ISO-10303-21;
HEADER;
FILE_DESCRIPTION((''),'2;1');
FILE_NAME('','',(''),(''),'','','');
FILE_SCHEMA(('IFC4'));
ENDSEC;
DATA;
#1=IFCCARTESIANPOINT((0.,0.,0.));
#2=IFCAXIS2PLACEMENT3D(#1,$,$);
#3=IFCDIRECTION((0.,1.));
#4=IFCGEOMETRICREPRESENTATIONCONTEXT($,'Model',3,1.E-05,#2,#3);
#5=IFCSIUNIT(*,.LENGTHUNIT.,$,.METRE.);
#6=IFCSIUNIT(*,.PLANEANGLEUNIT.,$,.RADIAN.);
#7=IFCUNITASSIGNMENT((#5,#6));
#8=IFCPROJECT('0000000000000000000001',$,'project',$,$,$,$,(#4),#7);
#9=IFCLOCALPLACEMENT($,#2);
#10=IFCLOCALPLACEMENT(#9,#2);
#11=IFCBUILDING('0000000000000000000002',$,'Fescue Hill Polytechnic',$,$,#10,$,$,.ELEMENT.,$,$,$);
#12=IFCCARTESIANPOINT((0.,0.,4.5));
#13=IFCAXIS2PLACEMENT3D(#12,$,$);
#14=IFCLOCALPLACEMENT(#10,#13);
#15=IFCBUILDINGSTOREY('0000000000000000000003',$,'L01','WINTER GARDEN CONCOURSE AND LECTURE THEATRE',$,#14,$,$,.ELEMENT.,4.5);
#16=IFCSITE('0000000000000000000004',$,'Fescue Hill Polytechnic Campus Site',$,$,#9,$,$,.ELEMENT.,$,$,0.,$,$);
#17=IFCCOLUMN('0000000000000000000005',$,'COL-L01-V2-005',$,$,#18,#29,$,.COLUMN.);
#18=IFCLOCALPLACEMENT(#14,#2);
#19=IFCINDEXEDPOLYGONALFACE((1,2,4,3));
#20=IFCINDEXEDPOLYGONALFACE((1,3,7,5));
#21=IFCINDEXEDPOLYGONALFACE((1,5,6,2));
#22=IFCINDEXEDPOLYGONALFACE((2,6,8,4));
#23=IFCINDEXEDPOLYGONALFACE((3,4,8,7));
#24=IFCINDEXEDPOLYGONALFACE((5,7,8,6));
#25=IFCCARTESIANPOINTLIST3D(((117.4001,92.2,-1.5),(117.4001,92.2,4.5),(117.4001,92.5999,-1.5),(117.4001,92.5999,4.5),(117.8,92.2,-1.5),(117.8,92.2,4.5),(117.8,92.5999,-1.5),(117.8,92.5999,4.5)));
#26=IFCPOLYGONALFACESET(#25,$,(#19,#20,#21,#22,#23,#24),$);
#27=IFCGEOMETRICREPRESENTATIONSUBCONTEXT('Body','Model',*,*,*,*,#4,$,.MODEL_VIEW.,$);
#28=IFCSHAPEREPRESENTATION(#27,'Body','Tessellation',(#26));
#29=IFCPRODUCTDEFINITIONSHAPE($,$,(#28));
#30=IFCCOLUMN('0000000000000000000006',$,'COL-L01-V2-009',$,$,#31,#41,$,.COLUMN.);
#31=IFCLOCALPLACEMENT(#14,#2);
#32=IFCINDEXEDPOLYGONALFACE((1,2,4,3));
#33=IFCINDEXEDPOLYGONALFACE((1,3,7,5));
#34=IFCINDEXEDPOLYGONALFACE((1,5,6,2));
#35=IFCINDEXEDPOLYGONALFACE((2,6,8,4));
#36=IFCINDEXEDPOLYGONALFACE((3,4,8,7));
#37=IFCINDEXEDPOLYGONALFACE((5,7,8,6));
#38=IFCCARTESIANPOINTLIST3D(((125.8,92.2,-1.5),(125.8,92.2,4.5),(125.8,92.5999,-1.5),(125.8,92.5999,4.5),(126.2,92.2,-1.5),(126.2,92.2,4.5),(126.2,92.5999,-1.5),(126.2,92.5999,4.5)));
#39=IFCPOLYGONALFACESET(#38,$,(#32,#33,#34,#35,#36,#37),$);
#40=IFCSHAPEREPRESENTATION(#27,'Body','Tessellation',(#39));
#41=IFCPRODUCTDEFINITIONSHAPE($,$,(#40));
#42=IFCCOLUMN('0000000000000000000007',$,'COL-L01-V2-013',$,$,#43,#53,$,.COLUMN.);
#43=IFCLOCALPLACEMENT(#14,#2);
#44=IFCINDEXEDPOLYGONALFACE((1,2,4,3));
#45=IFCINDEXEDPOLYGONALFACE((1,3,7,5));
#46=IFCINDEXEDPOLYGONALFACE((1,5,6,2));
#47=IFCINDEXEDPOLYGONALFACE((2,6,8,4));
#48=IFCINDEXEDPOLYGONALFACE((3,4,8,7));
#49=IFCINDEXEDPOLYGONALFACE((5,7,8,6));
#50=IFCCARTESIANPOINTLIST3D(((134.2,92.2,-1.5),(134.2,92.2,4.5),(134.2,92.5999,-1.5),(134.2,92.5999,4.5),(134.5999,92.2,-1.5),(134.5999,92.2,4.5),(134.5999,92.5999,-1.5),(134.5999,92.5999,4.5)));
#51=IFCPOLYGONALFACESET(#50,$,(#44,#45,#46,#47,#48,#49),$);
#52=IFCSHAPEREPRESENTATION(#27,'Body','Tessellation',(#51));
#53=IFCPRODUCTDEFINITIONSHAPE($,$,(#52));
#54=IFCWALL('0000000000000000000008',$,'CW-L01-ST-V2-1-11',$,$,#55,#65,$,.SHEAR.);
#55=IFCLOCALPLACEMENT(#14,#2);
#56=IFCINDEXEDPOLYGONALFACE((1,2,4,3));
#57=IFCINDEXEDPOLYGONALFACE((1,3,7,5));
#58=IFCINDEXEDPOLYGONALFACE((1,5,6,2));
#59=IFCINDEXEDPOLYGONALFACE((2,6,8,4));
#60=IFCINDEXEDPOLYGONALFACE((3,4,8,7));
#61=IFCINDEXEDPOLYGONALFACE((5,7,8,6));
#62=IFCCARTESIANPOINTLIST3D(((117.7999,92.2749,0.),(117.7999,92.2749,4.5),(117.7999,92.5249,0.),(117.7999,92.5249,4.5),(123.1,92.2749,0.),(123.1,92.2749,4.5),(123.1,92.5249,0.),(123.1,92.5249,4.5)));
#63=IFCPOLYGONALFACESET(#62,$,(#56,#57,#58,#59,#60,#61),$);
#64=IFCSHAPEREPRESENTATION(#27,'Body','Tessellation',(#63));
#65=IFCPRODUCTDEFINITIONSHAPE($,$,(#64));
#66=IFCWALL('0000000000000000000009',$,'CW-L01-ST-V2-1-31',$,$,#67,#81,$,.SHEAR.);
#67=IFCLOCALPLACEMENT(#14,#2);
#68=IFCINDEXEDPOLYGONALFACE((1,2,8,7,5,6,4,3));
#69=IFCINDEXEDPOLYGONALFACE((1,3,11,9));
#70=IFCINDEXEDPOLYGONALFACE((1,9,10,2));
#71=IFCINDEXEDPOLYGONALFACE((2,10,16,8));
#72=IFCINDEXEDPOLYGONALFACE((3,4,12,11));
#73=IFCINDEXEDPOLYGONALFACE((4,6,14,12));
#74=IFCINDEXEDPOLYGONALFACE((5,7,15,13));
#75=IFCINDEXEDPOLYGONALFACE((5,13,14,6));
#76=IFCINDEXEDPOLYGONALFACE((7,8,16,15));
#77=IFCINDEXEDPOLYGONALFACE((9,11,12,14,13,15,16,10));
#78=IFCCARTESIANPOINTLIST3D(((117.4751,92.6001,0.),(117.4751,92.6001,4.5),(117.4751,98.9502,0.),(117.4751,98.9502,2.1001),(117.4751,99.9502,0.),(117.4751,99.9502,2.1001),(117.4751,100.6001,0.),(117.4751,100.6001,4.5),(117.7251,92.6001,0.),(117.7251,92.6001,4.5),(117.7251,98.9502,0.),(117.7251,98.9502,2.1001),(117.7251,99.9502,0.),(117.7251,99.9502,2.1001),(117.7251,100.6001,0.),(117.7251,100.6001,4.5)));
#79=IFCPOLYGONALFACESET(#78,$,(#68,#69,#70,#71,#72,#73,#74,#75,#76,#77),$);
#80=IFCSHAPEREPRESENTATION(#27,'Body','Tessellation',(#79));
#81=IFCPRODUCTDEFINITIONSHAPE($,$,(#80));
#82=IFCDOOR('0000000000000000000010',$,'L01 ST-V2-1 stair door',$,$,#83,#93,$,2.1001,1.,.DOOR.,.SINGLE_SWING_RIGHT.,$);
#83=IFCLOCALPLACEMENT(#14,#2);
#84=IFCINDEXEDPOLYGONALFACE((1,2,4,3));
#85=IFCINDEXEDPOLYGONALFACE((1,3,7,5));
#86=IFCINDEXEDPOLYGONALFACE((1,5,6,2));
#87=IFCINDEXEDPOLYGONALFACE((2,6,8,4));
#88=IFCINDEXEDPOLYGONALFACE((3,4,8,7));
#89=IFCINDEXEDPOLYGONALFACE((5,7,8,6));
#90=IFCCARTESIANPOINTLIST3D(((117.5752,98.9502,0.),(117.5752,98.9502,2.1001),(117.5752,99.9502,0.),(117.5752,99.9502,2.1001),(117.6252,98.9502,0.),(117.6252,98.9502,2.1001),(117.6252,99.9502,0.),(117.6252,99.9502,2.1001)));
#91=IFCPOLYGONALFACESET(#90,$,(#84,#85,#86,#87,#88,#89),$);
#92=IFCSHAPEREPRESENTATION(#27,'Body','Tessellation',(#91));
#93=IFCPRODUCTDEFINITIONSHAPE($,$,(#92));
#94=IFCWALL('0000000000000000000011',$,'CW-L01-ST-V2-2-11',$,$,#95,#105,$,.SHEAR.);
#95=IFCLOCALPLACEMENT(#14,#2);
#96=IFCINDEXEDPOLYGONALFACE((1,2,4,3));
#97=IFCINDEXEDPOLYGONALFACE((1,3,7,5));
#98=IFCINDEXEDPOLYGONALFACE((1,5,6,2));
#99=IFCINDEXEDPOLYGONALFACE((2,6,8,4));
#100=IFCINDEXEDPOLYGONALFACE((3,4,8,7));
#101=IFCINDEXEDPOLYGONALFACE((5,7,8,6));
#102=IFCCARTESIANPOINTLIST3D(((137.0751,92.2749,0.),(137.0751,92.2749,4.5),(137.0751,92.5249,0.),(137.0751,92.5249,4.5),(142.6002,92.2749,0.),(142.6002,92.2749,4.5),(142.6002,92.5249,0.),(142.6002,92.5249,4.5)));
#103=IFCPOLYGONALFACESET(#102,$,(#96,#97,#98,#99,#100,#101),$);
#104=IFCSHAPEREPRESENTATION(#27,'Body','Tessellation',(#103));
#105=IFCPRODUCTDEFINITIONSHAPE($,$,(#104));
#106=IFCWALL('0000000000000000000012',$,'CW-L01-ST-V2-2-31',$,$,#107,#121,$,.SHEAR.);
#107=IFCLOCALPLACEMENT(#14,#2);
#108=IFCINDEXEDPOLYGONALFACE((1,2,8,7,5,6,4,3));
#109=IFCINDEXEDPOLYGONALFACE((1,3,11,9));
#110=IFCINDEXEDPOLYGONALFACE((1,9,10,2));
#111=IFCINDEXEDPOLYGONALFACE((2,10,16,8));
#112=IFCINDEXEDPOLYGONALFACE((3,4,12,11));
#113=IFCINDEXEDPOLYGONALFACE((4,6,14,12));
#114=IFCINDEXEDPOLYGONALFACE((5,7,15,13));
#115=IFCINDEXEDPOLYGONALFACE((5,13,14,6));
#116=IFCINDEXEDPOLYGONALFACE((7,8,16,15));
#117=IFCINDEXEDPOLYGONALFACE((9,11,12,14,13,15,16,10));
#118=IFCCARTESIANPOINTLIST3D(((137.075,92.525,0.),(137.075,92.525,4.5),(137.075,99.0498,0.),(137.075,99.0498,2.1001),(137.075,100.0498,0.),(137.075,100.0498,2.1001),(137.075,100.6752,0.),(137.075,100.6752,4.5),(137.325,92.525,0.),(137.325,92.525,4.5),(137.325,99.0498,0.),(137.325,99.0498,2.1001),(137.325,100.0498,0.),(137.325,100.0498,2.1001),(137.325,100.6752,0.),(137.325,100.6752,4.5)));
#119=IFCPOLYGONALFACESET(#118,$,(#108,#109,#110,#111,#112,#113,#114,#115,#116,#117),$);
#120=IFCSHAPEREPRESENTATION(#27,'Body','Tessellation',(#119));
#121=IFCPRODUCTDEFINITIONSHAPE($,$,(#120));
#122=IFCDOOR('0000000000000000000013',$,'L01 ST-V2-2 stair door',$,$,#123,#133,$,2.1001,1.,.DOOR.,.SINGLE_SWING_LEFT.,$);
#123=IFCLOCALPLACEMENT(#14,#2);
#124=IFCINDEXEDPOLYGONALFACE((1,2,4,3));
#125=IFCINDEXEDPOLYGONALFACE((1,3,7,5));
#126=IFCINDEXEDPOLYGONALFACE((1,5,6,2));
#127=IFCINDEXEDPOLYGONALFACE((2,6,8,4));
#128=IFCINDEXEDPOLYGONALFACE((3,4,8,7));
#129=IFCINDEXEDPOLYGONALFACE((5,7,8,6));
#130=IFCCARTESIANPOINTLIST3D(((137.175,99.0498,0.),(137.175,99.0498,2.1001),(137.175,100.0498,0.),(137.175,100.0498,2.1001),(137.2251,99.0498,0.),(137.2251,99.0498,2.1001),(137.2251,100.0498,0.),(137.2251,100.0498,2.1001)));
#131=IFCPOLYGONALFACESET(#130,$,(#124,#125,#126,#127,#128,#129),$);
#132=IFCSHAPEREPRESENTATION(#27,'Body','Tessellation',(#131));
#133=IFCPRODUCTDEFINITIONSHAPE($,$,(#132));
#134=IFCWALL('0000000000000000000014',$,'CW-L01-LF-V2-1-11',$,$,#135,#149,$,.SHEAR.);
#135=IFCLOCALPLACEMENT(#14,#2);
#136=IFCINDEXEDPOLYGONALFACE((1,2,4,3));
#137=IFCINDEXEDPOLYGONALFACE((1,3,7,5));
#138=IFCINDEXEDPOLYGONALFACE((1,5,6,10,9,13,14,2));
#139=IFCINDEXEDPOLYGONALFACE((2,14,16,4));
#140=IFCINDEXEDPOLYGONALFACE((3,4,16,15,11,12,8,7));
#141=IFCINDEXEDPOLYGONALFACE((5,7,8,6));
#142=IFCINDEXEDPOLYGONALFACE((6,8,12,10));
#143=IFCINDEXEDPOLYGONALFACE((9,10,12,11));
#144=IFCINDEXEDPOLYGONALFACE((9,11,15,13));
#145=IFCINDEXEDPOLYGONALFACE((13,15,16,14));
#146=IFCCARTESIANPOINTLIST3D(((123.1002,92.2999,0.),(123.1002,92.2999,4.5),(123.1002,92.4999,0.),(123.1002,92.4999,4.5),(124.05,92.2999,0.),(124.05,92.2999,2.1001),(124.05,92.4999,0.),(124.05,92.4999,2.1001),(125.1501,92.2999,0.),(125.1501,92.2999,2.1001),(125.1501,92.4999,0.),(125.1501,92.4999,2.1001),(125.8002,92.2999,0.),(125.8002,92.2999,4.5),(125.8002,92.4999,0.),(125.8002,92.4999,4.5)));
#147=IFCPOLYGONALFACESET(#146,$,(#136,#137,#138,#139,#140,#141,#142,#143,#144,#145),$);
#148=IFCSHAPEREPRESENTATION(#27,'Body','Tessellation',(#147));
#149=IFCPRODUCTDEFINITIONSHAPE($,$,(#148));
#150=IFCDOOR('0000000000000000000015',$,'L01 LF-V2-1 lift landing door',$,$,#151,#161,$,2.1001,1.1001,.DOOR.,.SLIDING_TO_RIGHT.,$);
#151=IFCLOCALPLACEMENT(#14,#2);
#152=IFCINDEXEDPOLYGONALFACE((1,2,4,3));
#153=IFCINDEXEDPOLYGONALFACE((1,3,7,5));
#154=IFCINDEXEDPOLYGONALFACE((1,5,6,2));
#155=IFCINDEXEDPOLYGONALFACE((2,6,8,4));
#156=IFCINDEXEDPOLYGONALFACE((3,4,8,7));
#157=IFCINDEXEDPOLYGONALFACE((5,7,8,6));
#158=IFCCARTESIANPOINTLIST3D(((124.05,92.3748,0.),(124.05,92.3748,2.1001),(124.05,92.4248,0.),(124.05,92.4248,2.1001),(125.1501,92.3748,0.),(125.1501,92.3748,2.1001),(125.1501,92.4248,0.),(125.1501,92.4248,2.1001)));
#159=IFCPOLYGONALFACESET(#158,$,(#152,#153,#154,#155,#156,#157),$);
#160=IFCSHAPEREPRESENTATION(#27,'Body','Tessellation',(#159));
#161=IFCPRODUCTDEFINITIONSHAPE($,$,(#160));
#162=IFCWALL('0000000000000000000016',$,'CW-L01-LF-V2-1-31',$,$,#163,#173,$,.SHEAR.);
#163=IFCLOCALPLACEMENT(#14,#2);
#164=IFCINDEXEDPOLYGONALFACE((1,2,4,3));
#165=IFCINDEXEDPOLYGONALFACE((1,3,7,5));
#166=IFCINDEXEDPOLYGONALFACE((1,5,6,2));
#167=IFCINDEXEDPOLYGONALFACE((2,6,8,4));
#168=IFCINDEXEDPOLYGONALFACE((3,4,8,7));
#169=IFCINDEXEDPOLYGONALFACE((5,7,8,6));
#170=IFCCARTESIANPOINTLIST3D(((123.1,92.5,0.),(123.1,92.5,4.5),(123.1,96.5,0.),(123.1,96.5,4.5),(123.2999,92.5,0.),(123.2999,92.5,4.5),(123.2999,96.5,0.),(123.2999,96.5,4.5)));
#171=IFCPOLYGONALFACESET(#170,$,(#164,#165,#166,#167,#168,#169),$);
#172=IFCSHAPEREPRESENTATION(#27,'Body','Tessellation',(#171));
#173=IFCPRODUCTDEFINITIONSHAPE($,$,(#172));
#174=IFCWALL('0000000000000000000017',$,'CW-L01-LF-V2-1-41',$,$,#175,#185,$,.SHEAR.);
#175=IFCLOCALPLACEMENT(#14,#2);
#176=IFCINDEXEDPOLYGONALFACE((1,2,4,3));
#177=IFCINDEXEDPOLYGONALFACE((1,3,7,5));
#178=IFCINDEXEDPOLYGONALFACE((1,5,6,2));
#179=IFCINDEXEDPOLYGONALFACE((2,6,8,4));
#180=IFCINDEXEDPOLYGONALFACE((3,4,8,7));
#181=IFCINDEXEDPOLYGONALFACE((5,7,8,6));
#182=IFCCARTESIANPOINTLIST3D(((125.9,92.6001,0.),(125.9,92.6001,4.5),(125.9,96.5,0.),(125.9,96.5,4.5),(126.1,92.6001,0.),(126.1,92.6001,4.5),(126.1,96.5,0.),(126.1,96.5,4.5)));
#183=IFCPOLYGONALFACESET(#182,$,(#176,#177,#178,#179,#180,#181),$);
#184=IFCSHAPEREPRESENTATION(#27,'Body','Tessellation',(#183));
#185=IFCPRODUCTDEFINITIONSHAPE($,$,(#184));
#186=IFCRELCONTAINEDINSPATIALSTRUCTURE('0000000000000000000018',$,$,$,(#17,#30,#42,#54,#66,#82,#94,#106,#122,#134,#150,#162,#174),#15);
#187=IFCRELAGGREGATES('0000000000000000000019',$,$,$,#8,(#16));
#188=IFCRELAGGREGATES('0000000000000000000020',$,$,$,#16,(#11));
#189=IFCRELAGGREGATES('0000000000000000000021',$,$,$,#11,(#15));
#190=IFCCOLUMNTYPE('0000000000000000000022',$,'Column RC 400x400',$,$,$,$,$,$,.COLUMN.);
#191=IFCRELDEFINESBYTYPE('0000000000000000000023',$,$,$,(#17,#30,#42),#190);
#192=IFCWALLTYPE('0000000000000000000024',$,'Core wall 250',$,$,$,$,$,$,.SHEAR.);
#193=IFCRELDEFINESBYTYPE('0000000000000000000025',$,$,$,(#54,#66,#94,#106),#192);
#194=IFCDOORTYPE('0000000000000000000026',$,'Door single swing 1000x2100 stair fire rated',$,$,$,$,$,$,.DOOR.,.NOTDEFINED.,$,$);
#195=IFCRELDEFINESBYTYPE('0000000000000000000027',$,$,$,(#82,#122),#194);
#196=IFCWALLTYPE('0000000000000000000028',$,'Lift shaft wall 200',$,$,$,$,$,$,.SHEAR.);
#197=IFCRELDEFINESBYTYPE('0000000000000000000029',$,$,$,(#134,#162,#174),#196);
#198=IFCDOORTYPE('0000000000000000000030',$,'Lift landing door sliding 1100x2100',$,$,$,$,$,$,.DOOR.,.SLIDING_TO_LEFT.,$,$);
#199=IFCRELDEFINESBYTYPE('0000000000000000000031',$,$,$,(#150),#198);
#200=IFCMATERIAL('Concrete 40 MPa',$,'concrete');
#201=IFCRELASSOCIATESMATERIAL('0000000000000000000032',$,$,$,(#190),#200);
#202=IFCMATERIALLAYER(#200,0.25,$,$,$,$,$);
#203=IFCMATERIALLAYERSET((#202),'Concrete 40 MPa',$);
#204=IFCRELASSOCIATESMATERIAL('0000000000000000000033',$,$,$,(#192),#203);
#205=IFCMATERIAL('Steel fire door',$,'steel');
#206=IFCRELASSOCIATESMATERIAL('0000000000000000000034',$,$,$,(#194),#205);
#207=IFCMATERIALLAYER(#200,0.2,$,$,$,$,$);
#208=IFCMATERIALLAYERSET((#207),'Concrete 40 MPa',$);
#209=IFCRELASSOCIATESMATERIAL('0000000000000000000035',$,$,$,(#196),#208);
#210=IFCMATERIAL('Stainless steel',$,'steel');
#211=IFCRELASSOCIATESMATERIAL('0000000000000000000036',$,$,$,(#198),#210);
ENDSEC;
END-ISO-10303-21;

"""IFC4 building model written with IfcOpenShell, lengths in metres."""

from ifc_helpers import new_model, si_unit, direction, frame, frame_2d, origin, origin_2d, place, context, subcontext, project, spatial, rectangle, extrude, material, layer, layer_set, material_profile, profile_set, type_object, element, fill, save


model = new_model("IFC4")

# Units and contexts
model_context = context("Model", 3, precision=1e-05, world=origin(), true_north=direction((0.0, 1.0)))
body_context = subcontext(model_context, "Body", "Model", "MODEL_VIEW")
ifc_project = project(units=[si_unit("LENGTHUNIT", "METRE"), si_unit("PLANEANGLEUNIT", "RADIAN")], contexts=[model_context])

# Site, building, storey
site_placement = place(None, origin())
site = spatial("IfcSite", under=ifc_project, at=site_placement, Name="Fescue Hill Polytechnic Campus Site", CompositionType="ELEMENT", RefElevation=0.0)
building_placement = place(site_placement, origin())
building = spatial("IfcBuilding", under=site, at=building_placement, Name="Fescue Hill Polytechnic", CompositionType="ELEMENT")
storey_placement = place(building_placement, frame((0.0, 0.0, 4.5)))
storey = spatial("IfcBuildingStorey", under=building, at=storey_placement, Name="L01", Description="WINTER GARDEN CONCOURSE AND LECTURE THEATRE", CompositionType="ELEMENT", Elevation=4.5)

# Columns
ifc_material_1 = material(Name="Concrete 40 MPa", Category="concrete")
ifc_material_profile = material_profile(ifc_material_1, rectangle(XDim=0.3999, YDim=0.3999, at=origin_2d()), Name="RC 400x400")
ifc_profile_set = profile_set([ifc_material_profile], Name="Concrete 40 MPa")
column_type = type_object("IfcColumnType", Name="Column RC 400x400", PredefinedType="COLUMN", material=ifc_profile_set)
for number, where, z_axis, x_axis, name in (
    (1, (117.6001, 92.3999, -1.5), (0.0, 0.0, 1.0), (1.0, 0.0, 0.0), "COL-L01-V2-005"),
    (2, (126.0, 92.3999, -1.5), (0.0, 0.0, 1.0), (1.0, 0.0, 0.0), "COL-L01-V2-009"),
    (3, (134.3999, 92.3999, -1.5), (0.0, 0.0, 1.0), (1.0, 0.0, 0.0), "COL-L01-V2-013"),
):
    element("IfcColumn", number, at=place(storey_placement, frame(where, z_axis=z_axis, x_axis=x_axis)), inside=storey, type_object=column_type, Name=name, PredefinedType="COLUMN", context=body_context, shape_type="SweptSolid", body=[
        extrude(rectangle(XDim=0.3999, YDim=0.3999, at=origin_2d()), origin(), (0.0, 0.0, 1.0), 6.0),
    ])

# Wall
ifc_layer_1 = layer(ifc_material_1, 0.25)
ifc_layer_set_1 = layer_set([ifc_layer_1], Name="Concrete 40 MPa")
wall_type_1 = type_object("IfcWallType", Name="Core wall 250", PredefinedType="SHEAR", material=ifc_layer_set_1)
wall_1_placement = place(storey_placement, frame((117.8, 92.3999, 0.0), z_axis=(0.0, 0.0, 1.0), x_axis=(1.0, 0.0, 0.0)))
element("IfcWall", 4, at=wall_1_placement, inside=storey, type_object=wall_type_1, Name="CW-L01-ST-V2-1-11", PredefinedType="SHEAR", context=body_context, shape_type="SweptSolid", body=[
    extrude(rectangle(XDim=5.3, YDim=0.25, at=frame_2d((2.6499, 0.0))), origin(), (0.0, 0.0, 1.0), 4.5),
])

# Wall, opening, door
wall_2_placement = place(storey_placement, frame((117.6001, 92.6001, 0.0), z_axis=(0.0, 0.0, 1.0), x_axis=(0.0, 1.0, 0.0)))
wall_2 = element("IfcWall", 5, at=wall_2_placement, inside=storey, type_object=wall_type_1, Name="CW-L01-ST-V2-1-31", PredefinedType="SHEAR", context=body_context, shape_type="SweptSolid", body=[
    extrude(rectangle(XDim=8.0, YDim=0.25, at=frame_2d((4.0, 0.0))), origin(), (0.0, 0.0, 1.0), 4.5),
])
opening_1_placement = place(wall_2_placement, frame((6.3501, 0.0, 0.0)))
opening_1 = element("IfcOpeningElement", 6, at=opening_1_placement, cuts=wall_2, PredefinedType="OPENING", context=body_context, shape_type="SweptSolid", body=[
    extrude(rectangle(XDim=1.0, YDim=2.1001, at=frame_2d((0.5, 1.05))), frame((0.0, 0.135, 0.0), z_axis=(0.0, -1.0, 0.0), x_axis=(1.0, 0.0, 0.0)), (0.0, 0.0, 1.0), 0.27),
])
ifc_material_2 = material(Name="Steel fire door", Category="steel")
door_type_1 = type_object("IfcDoorType", Name="Door single swing 1000x2100 stair fire rated", OperationType="NOTDEFINED", PredefinedType="DOOR", material=ifc_material_2)
door_1_placement = place(opening_1_placement, origin())
door_1 = element("IfcDoor", 7, at=door_1_placement, inside=storey, type_object=door_type_1, Name="L01 ST-V2-1 stair door", OperationType="SINGLE_SWING_RIGHT", OverallHeight=2.1001, OverallWidth=1.0, PredefinedType="DOOR", context=body_context, shape_type="SweptSolid", body=[
    extrude(rectangle(XDim=1.0, YDim=2.1001, at=frame_2d((0.5, 1.05))), frame((0.0, 0.0249, 0.0), z_axis=(0.0, -1.0, 0.0), x_axis=(1.0, 0.0, 0.0)), (0.0, 0.0, 1.0), 0.05),
])
fill(opening_1, door_1)

# Wall
wall_3_placement = place(storey_placement, frame((137.075, 92.3999, 0.0), z_axis=(0.0, 0.0, 1.0), x_axis=(1.0, 0.0, 0.0)))
element("IfcWall", 8, at=wall_3_placement, inside=storey, type_object=wall_type_1, Name="CW-L01-ST-V2-2-11", PredefinedType="SHEAR", context=body_context, shape_type="SweptSolid", body=[
    extrude(rectangle(XDim=5.5251, YDim=0.25, at=frame_2d((2.7627, 0.0))), origin(), (0.0, 0.0, 1.0), 4.5),
])

# Walls, openings, doors
wall_4_placement = place(storey_placement, frame((137.2, 92.5249, 0.0), z_axis=(0.0, 0.0, 1.0), x_axis=(0.0, 1.0, 0.0)))
wall_4 = element("IfcWall", 9, at=wall_4_placement, inside=storey, type_object=wall_type_1, Name="CW-L01-ST-V2-2-31", PredefinedType="SHEAR", context=body_context, shape_type="SweptSolid", body=[
    extrude(rectangle(XDim=8.1501, YDim=0.25, at=frame_2d((4.0752, 0.0))), origin(), (0.0, 0.0, 1.0), 4.5),
])
opening_2_placement = place(wall_4_placement, frame((6.5249, 0.0, 0.0)))
opening_2 = element("IfcOpeningElement", 10, at=opening_2_placement, cuts=wall_4, PredefinedType="OPENING", context=body_context, shape_type="SweptSolid", body=[
    extrude(rectangle(XDim=1.0, YDim=2.1001, at=frame_2d((0.5, 1.05))), frame((0.0, 0.135, 0.0), z_axis=(0.0, -1.0, 0.0), x_axis=(1.0, 0.0, 0.0)), (0.0, 0.0, 1.0), 0.27),
])
door_2_placement = place(opening_2_placement, origin())
door_2 = element("IfcDoor", 11, at=door_2_placement, inside=storey, type_object=door_type_1, Name="L01 ST-V2-2 stair door", OperationType="SINGLE_SWING_LEFT", OverallHeight=2.1001, OverallWidth=1.0, PredefinedType="DOOR", context=body_context, shape_type="SweptSolid", body=[
    extrude(rectangle(XDim=1.0, YDim=2.1001, at=frame_2d((0.5, 1.05))), frame((0.0, 0.0249, 0.0), z_axis=(0.0, -1.0, 0.0), x_axis=(1.0, 0.0, 0.0)), (0.0, 0.0, 1.0), 0.05),
])
fill(opening_2, door_2)
ifc_layer_2 = layer(ifc_material_1, 0.2)
ifc_layer_set_2 = layer_set([ifc_layer_2], Name="Concrete 40 MPa")
wall_type_2 = type_object("IfcWallType", Name="Lift shaft wall 200", PredefinedType="SHEAR", material=ifc_layer_set_2)
wall_5_placement = place(storey_placement, frame((123.1001, 92.3999, 0.0), z_axis=(0.0, 0.0, 1.0), x_axis=(1.0, 0.0, 0.0)))
wall_5 = element("IfcWall", 12, at=wall_5_placement, inside=storey, type_object=wall_type_2, Name="CW-L01-LF-V2-1-11", PredefinedType="SHEAR", context=body_context, shape_type="SweptSolid", body=[
    extrude(rectangle(XDim=2.7, YDim=0.2, at=frame_2d((1.3501, 0.0))), origin(), (0.0, 0.0, 1.0), 4.5),
])
opening_3_placement = place(wall_5_placement, frame((0.95, 0.0, 0.0)))
opening_3 = element("IfcOpeningElement", 13, at=opening_3_placement, cuts=wall_5, PredefinedType="OPENING", context=body_context, shape_type="SweptSolid", body=[
    extrude(rectangle(XDim=1.1001, YDim=2.1001, at=frame_2d((0.55, 1.05))), frame((0.0, 0.1099, 0.0), z_axis=(0.0, -1.0, 0.0), x_axis=(1.0, 0.0, 0.0)), (0.0, 0.0, 1.0), 0.22),
])
ifc_material_3 = material(Name="Stainless steel", Category="steel")
door_type_2 = type_object("IfcDoorType", Name="Lift landing door sliding 1100x2100", OperationType="SLIDING_TO_LEFT", PredefinedType="DOOR", material=ifc_material_3)
door_3_placement = place(opening_3_placement, origin())
door_3 = element("IfcDoor", 14, at=door_3_placement, inside=storey, type_object=door_type_2, Name="L01 LF-V2-1 lift landing door", OperationType="SLIDING_TO_RIGHT", OverallHeight=2.1001, OverallWidth=1.1001, PredefinedType="DOOR", context=body_context, shape_type="SweptSolid", body=[
    extrude(rectangle(XDim=1.1001, YDim=2.1001, at=frame_2d((0.55, 1.05))), frame((0.0, 0.0249, 0.0), z_axis=(0.0, -1.0, 0.0), x_axis=(1.0, 0.0, 0.0)), (0.0, 0.0, 1.0), 0.05),
])
fill(opening_3, door_3)

# Walls
wall_6_placement = place(storey_placement, frame((123.2, 92.5, 0.0), z_axis=(0.0, 0.0, 1.0), x_axis=(0.0, 1.0, 0.0)))
element("IfcWall", 15, at=wall_6_placement, inside=storey, type_object=wall_type_2, Name="CW-L01-LF-V2-1-31", PredefinedType="SHEAR", context=body_context, shape_type="SweptSolid", body=[
    extrude(rectangle(XDim=4.0, YDim=0.2, at=frame_2d((2.0, 0.0))), origin(), (0.0, 0.0, 1.0), 4.5),
])
wall_7_placement = place(storey_placement, frame((126.0, 92.6001, 0.0), z_axis=(0.0, 0.0, 1.0), x_axis=(0.0, 1.0, 0.0)))
element("IfcWall", 16, at=wall_7_placement, inside=storey, type_object=wall_type_2, Name="CW-L01-LF-V2-1-41", PredefinedType="SHEAR", context=body_context, shape_type="SweptSolid", body=[
    extrude(rectangle(XDim=3.8999, YDim=0.2, at=frame_2d((1.95, 0.0))), origin(), (0.0, 0.0, 1.0), 4.5),
])

save(model, "model.ifc")
